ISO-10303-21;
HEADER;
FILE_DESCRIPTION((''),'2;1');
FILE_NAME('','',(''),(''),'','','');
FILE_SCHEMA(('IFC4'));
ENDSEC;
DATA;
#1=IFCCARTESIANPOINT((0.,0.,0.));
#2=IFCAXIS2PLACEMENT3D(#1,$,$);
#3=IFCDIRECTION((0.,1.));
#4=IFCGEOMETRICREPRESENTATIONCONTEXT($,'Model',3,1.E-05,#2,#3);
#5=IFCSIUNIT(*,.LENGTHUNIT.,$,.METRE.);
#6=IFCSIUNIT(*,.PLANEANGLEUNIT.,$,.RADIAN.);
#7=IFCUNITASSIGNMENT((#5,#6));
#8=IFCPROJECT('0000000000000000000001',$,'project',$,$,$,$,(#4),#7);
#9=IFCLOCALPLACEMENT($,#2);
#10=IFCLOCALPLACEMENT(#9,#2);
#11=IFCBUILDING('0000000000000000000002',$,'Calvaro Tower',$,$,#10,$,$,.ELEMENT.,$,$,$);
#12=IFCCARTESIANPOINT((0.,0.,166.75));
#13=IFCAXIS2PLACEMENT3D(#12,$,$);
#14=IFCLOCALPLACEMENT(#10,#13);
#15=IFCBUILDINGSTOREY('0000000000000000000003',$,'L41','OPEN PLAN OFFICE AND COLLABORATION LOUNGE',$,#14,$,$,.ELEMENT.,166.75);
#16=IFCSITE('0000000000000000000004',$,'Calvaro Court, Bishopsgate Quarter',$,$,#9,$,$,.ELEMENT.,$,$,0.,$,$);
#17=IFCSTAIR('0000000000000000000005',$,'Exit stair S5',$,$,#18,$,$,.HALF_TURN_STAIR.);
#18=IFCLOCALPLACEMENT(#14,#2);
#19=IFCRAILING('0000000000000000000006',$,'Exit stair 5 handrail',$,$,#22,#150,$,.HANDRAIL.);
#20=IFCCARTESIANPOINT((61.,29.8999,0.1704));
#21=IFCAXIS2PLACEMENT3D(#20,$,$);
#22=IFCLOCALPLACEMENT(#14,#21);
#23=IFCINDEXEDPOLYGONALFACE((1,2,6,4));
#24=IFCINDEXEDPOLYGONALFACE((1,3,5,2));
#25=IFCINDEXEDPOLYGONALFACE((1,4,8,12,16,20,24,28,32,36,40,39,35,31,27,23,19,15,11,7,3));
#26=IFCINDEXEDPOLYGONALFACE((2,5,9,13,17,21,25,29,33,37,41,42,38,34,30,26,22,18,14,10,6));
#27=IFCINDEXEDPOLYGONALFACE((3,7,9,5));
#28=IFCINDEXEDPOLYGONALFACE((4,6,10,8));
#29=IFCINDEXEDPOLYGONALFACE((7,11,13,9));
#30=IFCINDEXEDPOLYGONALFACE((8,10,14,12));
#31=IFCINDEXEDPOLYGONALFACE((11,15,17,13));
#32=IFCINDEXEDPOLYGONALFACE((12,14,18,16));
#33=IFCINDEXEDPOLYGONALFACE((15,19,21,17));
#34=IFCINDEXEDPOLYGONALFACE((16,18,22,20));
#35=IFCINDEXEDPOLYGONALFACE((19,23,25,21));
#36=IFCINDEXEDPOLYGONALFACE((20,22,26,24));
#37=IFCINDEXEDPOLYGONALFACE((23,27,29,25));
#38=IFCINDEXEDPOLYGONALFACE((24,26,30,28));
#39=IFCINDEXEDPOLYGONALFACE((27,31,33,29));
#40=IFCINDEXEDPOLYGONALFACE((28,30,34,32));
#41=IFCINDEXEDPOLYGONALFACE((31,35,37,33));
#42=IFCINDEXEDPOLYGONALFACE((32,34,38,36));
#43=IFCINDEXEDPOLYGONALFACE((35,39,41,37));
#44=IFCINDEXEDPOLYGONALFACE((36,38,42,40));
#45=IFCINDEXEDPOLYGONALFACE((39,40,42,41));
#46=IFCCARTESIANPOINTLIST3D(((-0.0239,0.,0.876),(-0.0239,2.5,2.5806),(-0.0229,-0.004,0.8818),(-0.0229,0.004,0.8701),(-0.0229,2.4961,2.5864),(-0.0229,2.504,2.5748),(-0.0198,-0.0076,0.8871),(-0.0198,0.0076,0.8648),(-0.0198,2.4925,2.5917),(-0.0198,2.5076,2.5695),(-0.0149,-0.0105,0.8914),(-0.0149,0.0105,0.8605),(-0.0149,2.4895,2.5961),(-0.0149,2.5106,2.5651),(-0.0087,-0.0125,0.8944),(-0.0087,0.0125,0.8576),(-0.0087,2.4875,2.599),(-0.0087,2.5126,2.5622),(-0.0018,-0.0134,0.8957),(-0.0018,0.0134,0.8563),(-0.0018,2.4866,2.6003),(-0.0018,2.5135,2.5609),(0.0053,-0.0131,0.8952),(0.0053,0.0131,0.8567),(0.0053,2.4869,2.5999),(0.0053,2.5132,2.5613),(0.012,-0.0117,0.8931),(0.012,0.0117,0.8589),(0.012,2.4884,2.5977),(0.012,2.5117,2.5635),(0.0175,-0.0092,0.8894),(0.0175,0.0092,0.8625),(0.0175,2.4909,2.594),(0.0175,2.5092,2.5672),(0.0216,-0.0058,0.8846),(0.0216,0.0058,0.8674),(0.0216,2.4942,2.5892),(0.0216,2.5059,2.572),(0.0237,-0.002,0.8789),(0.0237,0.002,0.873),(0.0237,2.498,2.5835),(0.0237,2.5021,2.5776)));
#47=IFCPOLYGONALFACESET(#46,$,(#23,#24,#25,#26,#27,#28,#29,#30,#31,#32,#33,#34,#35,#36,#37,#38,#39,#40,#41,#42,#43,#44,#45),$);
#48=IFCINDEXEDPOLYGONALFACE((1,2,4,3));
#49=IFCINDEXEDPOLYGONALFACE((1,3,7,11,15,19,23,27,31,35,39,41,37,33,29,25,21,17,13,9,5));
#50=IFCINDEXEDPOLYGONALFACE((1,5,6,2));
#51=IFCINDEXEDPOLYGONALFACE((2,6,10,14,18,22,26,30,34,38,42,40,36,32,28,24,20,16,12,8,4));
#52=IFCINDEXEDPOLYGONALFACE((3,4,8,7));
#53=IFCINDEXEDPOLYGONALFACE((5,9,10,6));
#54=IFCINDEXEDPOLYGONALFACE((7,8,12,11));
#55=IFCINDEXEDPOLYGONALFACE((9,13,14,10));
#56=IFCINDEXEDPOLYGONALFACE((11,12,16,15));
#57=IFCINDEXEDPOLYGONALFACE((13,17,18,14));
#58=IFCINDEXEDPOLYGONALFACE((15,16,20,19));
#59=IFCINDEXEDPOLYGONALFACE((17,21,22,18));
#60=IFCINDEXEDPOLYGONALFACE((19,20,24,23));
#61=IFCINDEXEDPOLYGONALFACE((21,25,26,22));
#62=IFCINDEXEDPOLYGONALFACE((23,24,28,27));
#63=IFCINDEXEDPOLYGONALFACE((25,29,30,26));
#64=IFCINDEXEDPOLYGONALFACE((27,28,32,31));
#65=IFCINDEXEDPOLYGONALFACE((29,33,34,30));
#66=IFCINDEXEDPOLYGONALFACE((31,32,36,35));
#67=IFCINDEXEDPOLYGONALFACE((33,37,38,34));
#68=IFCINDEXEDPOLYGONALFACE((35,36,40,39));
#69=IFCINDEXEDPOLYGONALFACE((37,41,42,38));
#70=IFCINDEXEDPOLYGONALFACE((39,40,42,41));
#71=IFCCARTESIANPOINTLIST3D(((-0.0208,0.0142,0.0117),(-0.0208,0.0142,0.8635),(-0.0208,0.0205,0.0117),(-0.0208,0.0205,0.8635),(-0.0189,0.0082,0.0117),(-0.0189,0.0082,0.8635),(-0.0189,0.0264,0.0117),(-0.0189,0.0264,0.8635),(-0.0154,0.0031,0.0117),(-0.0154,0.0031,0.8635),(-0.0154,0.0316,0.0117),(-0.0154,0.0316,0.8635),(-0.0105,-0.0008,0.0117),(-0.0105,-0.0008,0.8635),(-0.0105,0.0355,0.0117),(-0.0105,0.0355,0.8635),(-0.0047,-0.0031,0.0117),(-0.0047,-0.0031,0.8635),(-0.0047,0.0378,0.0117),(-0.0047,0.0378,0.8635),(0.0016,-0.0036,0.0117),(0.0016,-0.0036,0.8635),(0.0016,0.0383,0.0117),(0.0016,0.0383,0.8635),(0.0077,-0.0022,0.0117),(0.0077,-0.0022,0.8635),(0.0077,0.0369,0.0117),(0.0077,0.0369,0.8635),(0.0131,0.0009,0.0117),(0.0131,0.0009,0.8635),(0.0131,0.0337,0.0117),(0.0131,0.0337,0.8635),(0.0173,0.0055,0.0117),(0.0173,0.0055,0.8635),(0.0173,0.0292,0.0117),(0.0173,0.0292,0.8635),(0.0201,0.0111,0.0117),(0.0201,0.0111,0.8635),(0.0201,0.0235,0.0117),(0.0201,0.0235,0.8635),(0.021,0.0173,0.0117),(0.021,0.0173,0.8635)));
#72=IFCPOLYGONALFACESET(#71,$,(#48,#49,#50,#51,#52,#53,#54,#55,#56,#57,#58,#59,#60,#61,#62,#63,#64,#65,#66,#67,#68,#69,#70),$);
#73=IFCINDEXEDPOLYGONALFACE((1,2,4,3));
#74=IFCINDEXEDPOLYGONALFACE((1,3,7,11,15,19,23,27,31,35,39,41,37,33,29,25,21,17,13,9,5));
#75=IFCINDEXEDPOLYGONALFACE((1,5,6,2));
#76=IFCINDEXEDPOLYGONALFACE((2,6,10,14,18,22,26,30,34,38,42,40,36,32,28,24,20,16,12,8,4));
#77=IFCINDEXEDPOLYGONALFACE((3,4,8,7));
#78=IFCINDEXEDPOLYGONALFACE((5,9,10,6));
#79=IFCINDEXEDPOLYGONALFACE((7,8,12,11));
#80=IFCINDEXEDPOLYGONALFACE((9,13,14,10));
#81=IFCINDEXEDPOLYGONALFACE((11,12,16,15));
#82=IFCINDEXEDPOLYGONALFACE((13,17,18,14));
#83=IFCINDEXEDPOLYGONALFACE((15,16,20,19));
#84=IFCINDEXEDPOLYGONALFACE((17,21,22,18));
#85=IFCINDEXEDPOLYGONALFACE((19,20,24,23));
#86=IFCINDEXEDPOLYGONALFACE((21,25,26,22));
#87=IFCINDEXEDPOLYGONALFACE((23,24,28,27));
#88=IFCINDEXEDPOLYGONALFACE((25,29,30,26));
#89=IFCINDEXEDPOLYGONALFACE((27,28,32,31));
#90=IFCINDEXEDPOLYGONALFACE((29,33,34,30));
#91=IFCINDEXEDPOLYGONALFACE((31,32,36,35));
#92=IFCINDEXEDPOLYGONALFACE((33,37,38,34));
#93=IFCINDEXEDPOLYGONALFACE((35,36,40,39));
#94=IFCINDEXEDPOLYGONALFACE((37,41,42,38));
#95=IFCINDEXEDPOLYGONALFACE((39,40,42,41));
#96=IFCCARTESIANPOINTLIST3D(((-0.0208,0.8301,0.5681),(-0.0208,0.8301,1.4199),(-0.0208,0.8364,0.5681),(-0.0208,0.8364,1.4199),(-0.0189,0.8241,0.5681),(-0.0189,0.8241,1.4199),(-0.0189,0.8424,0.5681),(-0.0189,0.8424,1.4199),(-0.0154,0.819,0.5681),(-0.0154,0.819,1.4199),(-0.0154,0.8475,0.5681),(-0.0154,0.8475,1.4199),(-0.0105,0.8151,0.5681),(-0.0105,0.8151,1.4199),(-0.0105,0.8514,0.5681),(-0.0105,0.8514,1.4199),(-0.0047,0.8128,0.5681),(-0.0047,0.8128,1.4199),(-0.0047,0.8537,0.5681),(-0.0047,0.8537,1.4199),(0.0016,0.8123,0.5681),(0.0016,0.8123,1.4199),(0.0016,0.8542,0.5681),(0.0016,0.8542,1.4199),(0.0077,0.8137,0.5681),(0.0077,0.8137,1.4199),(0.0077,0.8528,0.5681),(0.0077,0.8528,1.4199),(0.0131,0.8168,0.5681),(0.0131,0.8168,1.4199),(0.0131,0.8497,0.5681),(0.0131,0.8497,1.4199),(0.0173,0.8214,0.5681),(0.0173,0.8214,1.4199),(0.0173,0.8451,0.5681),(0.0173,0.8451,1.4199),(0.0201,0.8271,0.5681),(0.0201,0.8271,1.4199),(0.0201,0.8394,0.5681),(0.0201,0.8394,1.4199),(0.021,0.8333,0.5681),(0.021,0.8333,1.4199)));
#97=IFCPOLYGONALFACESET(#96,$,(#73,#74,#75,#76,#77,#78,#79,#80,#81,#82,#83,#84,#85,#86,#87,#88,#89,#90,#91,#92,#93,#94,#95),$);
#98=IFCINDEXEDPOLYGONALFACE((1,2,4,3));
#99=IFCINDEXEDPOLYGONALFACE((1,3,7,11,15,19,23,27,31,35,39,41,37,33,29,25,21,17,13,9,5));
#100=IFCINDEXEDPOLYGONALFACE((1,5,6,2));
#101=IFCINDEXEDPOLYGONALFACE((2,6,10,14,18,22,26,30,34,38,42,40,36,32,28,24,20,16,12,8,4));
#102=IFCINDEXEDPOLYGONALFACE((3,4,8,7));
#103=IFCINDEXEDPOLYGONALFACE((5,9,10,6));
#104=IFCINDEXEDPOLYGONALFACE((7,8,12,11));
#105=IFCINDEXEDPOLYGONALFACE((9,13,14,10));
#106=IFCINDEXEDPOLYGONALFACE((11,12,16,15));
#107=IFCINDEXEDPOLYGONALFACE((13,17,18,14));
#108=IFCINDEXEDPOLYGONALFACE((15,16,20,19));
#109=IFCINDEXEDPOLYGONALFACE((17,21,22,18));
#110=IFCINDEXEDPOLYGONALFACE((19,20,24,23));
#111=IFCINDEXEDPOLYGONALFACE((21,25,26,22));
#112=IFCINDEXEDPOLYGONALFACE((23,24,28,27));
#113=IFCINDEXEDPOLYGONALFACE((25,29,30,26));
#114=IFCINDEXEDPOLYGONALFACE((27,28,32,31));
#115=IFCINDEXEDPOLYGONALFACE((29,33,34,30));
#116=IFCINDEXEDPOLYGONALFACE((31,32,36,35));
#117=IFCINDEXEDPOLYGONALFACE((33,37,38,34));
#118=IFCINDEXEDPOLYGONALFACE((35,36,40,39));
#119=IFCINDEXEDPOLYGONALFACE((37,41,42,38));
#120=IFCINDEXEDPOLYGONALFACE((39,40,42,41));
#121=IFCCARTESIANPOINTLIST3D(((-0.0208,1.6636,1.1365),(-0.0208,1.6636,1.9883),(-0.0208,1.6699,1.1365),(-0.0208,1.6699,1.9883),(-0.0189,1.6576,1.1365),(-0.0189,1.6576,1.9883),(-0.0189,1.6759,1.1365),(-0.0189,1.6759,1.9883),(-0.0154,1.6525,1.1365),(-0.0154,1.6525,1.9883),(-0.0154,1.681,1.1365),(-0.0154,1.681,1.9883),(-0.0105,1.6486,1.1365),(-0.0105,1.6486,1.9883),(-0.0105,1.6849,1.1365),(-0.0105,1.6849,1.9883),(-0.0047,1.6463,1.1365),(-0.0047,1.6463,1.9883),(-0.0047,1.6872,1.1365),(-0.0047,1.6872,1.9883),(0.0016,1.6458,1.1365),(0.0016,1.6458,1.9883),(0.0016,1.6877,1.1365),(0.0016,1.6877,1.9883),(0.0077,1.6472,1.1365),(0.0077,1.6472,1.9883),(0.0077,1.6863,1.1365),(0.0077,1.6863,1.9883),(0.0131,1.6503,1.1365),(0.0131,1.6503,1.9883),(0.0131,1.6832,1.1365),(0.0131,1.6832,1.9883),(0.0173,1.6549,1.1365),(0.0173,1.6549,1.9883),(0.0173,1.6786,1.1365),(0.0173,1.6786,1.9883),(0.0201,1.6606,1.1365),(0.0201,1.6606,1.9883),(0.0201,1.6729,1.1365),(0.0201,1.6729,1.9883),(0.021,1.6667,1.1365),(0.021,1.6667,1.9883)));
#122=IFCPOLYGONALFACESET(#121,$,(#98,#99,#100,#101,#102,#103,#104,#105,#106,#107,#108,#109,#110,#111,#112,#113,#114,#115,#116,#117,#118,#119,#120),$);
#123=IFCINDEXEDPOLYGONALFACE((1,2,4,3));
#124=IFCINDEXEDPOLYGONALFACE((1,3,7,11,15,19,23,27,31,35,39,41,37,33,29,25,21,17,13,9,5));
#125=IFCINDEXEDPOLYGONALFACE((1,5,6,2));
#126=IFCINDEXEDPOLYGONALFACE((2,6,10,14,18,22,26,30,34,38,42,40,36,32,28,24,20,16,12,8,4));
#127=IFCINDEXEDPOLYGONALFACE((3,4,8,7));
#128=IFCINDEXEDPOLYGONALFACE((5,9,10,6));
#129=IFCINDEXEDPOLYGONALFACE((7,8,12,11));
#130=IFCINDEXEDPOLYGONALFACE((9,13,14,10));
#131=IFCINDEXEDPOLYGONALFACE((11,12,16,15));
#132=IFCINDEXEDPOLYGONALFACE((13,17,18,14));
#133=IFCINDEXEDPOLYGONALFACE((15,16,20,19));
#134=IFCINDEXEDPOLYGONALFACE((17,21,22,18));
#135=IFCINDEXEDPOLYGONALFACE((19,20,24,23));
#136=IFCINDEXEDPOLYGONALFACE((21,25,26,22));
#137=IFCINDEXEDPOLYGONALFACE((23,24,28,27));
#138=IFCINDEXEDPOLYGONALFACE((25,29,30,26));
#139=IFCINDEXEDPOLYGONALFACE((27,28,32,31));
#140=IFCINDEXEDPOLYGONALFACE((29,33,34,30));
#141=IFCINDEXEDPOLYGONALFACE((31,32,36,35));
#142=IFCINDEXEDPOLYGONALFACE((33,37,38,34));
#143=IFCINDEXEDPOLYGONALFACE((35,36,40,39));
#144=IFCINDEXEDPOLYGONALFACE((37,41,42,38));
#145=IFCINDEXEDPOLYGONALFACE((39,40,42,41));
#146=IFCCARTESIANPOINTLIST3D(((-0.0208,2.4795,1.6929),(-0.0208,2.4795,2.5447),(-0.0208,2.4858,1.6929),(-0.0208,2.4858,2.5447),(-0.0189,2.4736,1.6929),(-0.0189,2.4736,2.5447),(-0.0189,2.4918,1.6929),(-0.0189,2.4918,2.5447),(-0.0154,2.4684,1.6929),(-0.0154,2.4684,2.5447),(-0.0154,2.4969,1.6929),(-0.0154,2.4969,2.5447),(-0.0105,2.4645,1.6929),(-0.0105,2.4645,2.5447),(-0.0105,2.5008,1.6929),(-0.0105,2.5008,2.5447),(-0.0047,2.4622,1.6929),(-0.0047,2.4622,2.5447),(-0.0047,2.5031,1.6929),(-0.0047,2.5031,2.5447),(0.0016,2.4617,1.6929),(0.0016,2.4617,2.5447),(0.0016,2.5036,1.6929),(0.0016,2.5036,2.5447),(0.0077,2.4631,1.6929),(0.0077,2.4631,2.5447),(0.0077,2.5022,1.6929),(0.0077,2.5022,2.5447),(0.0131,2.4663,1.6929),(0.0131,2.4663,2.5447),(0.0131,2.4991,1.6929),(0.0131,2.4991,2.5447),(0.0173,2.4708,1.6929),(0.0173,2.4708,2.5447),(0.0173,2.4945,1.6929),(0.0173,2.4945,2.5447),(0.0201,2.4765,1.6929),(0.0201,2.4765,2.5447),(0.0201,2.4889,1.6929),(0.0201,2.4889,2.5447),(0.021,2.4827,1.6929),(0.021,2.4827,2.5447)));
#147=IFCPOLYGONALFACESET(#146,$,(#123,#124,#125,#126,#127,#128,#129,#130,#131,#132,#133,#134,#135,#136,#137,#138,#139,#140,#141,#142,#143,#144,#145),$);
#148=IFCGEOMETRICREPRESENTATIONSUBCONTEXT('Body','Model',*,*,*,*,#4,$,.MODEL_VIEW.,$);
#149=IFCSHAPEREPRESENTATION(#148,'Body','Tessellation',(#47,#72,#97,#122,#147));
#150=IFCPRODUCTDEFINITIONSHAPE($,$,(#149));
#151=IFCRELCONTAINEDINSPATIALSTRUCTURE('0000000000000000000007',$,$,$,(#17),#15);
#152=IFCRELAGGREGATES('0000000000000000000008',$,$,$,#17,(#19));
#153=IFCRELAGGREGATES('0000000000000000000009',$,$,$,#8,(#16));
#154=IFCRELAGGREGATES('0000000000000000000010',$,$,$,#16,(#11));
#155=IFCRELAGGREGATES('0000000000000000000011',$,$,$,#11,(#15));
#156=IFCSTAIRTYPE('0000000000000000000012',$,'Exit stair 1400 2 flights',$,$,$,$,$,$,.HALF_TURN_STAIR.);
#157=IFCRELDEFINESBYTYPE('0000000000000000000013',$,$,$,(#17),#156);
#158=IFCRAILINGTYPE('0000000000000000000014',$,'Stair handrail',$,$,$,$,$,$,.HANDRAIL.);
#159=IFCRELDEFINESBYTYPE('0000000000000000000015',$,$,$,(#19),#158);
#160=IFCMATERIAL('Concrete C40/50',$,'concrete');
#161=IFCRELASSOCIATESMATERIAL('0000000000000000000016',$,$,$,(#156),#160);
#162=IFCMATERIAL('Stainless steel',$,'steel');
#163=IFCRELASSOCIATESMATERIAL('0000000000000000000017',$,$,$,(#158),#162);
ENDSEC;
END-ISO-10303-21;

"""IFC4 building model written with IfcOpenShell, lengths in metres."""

from ifc_helpers import new_model, si_unit, direction, frame, origin, origin_2d, place, context, subcontext, project, spatial, circle, extrude, material, type_object, element, aggregate, save


model = new_model("IFC4")

# Units and contexts
model_context = context("Model", 3, precision=1e-05, world=origin(), true_north=direction((0.0, 1.0)))
body_context = subcontext(model_context, "Body", "Model", "MODEL_VIEW")
ifc_project = project(units=[si_unit("LENGTHUNIT", "METRE"), si_unit("PLANEANGLEUNIT", "RADIAN")], contexts=[model_context])

# Site, building, storey
site_placement = place(None, origin())
site = spatial("IfcSite", under=ifc_project, at=site_placement, Name="Calvaro Court, Bishopsgate Quarter", CompositionType="ELEMENT", RefElevation=0.0)
building_placement = place(site_placement, origin())
building = spatial("IfcBuilding", under=site, at=building_placement, Name="Calvaro Tower", CompositionType="ELEMENT")
storey_placement = place(building_placement, frame((0.0, 0.0, 166.75)))
storey = spatial("IfcBuildingStorey", under=building, at=storey_placement, Name="L41", Description="OPEN PLAN OFFICE AND COLLABORATION LOUNGE", CompositionType="ELEMENT", Elevation=166.75)

# Stair
ifc_material_1 = material(Name="Concrete C40/50", Category="concrete")
stair_type = type_object("IfcStairType", Name="Exit stair 1400 2 flights", PredefinedType="HALF_TURN_STAIR", material=ifc_material_1)
stair_1_placement = place(storey_placement, origin())
stair_1 = element("IfcStair", 1, at=stair_1_placement, inside=storey, type_object=stair_type, Name="Exit stair S5", PredefinedType="HALF_TURN_STAIR")

# Shared definitions
ifc_material_2 = material(Name="Stainless steel", Category="steel")
railing_type = type_object("IfcRailingType", Name="Stair handrail", PredefinedType="HANDRAIL", material=ifc_material_2)

# Railing
railing_1_placement = place(storey_placement, frame((61.0, 29.8999, 0.1704)))
railing_1 = element("IfcRailing", 2, at=railing_1_placement, type_object=railing_type, Name="Exit stair 5 handrail", PredefinedType="HANDRAIL", context=body_context, shape_type="SweptSolid", body=[
    extrude(circle(Radius=0.0239, at=origin_2d()), frame((0.0, 0.0, 0.876), z_axis=(0.0, 0.826221, 0.563347), x_axis=(-1.0, 0.0, 0.0)), (0.0, 0.0, 1.0), 3.0259),
    extrude(circle(Radius=0.021, at=origin_2d()), frame((0.0, 0.0173, 0.0117)), (0.0, 0.0, 1.0), 0.8518),
    extrude(circle(Radius=0.021, at=origin_2d()), frame((0.0, 0.8333, 0.5681)), (0.0, 0.0, 1.0), 0.8518),
    extrude(circle(Radius=0.021, at=origin_2d()), frame((0.0, 1.6667, 1.1365)), (0.0, 0.0, 1.0), 0.8518),
    extrude(circle(Radius=0.021, at=origin_2d()), frame((0.0, 2.4827, 1.6929)), (0.0, 0.0, 1.0), 0.8518),
])
aggregate(stair_1, [railing_1])

save(model, "model.ifc")
